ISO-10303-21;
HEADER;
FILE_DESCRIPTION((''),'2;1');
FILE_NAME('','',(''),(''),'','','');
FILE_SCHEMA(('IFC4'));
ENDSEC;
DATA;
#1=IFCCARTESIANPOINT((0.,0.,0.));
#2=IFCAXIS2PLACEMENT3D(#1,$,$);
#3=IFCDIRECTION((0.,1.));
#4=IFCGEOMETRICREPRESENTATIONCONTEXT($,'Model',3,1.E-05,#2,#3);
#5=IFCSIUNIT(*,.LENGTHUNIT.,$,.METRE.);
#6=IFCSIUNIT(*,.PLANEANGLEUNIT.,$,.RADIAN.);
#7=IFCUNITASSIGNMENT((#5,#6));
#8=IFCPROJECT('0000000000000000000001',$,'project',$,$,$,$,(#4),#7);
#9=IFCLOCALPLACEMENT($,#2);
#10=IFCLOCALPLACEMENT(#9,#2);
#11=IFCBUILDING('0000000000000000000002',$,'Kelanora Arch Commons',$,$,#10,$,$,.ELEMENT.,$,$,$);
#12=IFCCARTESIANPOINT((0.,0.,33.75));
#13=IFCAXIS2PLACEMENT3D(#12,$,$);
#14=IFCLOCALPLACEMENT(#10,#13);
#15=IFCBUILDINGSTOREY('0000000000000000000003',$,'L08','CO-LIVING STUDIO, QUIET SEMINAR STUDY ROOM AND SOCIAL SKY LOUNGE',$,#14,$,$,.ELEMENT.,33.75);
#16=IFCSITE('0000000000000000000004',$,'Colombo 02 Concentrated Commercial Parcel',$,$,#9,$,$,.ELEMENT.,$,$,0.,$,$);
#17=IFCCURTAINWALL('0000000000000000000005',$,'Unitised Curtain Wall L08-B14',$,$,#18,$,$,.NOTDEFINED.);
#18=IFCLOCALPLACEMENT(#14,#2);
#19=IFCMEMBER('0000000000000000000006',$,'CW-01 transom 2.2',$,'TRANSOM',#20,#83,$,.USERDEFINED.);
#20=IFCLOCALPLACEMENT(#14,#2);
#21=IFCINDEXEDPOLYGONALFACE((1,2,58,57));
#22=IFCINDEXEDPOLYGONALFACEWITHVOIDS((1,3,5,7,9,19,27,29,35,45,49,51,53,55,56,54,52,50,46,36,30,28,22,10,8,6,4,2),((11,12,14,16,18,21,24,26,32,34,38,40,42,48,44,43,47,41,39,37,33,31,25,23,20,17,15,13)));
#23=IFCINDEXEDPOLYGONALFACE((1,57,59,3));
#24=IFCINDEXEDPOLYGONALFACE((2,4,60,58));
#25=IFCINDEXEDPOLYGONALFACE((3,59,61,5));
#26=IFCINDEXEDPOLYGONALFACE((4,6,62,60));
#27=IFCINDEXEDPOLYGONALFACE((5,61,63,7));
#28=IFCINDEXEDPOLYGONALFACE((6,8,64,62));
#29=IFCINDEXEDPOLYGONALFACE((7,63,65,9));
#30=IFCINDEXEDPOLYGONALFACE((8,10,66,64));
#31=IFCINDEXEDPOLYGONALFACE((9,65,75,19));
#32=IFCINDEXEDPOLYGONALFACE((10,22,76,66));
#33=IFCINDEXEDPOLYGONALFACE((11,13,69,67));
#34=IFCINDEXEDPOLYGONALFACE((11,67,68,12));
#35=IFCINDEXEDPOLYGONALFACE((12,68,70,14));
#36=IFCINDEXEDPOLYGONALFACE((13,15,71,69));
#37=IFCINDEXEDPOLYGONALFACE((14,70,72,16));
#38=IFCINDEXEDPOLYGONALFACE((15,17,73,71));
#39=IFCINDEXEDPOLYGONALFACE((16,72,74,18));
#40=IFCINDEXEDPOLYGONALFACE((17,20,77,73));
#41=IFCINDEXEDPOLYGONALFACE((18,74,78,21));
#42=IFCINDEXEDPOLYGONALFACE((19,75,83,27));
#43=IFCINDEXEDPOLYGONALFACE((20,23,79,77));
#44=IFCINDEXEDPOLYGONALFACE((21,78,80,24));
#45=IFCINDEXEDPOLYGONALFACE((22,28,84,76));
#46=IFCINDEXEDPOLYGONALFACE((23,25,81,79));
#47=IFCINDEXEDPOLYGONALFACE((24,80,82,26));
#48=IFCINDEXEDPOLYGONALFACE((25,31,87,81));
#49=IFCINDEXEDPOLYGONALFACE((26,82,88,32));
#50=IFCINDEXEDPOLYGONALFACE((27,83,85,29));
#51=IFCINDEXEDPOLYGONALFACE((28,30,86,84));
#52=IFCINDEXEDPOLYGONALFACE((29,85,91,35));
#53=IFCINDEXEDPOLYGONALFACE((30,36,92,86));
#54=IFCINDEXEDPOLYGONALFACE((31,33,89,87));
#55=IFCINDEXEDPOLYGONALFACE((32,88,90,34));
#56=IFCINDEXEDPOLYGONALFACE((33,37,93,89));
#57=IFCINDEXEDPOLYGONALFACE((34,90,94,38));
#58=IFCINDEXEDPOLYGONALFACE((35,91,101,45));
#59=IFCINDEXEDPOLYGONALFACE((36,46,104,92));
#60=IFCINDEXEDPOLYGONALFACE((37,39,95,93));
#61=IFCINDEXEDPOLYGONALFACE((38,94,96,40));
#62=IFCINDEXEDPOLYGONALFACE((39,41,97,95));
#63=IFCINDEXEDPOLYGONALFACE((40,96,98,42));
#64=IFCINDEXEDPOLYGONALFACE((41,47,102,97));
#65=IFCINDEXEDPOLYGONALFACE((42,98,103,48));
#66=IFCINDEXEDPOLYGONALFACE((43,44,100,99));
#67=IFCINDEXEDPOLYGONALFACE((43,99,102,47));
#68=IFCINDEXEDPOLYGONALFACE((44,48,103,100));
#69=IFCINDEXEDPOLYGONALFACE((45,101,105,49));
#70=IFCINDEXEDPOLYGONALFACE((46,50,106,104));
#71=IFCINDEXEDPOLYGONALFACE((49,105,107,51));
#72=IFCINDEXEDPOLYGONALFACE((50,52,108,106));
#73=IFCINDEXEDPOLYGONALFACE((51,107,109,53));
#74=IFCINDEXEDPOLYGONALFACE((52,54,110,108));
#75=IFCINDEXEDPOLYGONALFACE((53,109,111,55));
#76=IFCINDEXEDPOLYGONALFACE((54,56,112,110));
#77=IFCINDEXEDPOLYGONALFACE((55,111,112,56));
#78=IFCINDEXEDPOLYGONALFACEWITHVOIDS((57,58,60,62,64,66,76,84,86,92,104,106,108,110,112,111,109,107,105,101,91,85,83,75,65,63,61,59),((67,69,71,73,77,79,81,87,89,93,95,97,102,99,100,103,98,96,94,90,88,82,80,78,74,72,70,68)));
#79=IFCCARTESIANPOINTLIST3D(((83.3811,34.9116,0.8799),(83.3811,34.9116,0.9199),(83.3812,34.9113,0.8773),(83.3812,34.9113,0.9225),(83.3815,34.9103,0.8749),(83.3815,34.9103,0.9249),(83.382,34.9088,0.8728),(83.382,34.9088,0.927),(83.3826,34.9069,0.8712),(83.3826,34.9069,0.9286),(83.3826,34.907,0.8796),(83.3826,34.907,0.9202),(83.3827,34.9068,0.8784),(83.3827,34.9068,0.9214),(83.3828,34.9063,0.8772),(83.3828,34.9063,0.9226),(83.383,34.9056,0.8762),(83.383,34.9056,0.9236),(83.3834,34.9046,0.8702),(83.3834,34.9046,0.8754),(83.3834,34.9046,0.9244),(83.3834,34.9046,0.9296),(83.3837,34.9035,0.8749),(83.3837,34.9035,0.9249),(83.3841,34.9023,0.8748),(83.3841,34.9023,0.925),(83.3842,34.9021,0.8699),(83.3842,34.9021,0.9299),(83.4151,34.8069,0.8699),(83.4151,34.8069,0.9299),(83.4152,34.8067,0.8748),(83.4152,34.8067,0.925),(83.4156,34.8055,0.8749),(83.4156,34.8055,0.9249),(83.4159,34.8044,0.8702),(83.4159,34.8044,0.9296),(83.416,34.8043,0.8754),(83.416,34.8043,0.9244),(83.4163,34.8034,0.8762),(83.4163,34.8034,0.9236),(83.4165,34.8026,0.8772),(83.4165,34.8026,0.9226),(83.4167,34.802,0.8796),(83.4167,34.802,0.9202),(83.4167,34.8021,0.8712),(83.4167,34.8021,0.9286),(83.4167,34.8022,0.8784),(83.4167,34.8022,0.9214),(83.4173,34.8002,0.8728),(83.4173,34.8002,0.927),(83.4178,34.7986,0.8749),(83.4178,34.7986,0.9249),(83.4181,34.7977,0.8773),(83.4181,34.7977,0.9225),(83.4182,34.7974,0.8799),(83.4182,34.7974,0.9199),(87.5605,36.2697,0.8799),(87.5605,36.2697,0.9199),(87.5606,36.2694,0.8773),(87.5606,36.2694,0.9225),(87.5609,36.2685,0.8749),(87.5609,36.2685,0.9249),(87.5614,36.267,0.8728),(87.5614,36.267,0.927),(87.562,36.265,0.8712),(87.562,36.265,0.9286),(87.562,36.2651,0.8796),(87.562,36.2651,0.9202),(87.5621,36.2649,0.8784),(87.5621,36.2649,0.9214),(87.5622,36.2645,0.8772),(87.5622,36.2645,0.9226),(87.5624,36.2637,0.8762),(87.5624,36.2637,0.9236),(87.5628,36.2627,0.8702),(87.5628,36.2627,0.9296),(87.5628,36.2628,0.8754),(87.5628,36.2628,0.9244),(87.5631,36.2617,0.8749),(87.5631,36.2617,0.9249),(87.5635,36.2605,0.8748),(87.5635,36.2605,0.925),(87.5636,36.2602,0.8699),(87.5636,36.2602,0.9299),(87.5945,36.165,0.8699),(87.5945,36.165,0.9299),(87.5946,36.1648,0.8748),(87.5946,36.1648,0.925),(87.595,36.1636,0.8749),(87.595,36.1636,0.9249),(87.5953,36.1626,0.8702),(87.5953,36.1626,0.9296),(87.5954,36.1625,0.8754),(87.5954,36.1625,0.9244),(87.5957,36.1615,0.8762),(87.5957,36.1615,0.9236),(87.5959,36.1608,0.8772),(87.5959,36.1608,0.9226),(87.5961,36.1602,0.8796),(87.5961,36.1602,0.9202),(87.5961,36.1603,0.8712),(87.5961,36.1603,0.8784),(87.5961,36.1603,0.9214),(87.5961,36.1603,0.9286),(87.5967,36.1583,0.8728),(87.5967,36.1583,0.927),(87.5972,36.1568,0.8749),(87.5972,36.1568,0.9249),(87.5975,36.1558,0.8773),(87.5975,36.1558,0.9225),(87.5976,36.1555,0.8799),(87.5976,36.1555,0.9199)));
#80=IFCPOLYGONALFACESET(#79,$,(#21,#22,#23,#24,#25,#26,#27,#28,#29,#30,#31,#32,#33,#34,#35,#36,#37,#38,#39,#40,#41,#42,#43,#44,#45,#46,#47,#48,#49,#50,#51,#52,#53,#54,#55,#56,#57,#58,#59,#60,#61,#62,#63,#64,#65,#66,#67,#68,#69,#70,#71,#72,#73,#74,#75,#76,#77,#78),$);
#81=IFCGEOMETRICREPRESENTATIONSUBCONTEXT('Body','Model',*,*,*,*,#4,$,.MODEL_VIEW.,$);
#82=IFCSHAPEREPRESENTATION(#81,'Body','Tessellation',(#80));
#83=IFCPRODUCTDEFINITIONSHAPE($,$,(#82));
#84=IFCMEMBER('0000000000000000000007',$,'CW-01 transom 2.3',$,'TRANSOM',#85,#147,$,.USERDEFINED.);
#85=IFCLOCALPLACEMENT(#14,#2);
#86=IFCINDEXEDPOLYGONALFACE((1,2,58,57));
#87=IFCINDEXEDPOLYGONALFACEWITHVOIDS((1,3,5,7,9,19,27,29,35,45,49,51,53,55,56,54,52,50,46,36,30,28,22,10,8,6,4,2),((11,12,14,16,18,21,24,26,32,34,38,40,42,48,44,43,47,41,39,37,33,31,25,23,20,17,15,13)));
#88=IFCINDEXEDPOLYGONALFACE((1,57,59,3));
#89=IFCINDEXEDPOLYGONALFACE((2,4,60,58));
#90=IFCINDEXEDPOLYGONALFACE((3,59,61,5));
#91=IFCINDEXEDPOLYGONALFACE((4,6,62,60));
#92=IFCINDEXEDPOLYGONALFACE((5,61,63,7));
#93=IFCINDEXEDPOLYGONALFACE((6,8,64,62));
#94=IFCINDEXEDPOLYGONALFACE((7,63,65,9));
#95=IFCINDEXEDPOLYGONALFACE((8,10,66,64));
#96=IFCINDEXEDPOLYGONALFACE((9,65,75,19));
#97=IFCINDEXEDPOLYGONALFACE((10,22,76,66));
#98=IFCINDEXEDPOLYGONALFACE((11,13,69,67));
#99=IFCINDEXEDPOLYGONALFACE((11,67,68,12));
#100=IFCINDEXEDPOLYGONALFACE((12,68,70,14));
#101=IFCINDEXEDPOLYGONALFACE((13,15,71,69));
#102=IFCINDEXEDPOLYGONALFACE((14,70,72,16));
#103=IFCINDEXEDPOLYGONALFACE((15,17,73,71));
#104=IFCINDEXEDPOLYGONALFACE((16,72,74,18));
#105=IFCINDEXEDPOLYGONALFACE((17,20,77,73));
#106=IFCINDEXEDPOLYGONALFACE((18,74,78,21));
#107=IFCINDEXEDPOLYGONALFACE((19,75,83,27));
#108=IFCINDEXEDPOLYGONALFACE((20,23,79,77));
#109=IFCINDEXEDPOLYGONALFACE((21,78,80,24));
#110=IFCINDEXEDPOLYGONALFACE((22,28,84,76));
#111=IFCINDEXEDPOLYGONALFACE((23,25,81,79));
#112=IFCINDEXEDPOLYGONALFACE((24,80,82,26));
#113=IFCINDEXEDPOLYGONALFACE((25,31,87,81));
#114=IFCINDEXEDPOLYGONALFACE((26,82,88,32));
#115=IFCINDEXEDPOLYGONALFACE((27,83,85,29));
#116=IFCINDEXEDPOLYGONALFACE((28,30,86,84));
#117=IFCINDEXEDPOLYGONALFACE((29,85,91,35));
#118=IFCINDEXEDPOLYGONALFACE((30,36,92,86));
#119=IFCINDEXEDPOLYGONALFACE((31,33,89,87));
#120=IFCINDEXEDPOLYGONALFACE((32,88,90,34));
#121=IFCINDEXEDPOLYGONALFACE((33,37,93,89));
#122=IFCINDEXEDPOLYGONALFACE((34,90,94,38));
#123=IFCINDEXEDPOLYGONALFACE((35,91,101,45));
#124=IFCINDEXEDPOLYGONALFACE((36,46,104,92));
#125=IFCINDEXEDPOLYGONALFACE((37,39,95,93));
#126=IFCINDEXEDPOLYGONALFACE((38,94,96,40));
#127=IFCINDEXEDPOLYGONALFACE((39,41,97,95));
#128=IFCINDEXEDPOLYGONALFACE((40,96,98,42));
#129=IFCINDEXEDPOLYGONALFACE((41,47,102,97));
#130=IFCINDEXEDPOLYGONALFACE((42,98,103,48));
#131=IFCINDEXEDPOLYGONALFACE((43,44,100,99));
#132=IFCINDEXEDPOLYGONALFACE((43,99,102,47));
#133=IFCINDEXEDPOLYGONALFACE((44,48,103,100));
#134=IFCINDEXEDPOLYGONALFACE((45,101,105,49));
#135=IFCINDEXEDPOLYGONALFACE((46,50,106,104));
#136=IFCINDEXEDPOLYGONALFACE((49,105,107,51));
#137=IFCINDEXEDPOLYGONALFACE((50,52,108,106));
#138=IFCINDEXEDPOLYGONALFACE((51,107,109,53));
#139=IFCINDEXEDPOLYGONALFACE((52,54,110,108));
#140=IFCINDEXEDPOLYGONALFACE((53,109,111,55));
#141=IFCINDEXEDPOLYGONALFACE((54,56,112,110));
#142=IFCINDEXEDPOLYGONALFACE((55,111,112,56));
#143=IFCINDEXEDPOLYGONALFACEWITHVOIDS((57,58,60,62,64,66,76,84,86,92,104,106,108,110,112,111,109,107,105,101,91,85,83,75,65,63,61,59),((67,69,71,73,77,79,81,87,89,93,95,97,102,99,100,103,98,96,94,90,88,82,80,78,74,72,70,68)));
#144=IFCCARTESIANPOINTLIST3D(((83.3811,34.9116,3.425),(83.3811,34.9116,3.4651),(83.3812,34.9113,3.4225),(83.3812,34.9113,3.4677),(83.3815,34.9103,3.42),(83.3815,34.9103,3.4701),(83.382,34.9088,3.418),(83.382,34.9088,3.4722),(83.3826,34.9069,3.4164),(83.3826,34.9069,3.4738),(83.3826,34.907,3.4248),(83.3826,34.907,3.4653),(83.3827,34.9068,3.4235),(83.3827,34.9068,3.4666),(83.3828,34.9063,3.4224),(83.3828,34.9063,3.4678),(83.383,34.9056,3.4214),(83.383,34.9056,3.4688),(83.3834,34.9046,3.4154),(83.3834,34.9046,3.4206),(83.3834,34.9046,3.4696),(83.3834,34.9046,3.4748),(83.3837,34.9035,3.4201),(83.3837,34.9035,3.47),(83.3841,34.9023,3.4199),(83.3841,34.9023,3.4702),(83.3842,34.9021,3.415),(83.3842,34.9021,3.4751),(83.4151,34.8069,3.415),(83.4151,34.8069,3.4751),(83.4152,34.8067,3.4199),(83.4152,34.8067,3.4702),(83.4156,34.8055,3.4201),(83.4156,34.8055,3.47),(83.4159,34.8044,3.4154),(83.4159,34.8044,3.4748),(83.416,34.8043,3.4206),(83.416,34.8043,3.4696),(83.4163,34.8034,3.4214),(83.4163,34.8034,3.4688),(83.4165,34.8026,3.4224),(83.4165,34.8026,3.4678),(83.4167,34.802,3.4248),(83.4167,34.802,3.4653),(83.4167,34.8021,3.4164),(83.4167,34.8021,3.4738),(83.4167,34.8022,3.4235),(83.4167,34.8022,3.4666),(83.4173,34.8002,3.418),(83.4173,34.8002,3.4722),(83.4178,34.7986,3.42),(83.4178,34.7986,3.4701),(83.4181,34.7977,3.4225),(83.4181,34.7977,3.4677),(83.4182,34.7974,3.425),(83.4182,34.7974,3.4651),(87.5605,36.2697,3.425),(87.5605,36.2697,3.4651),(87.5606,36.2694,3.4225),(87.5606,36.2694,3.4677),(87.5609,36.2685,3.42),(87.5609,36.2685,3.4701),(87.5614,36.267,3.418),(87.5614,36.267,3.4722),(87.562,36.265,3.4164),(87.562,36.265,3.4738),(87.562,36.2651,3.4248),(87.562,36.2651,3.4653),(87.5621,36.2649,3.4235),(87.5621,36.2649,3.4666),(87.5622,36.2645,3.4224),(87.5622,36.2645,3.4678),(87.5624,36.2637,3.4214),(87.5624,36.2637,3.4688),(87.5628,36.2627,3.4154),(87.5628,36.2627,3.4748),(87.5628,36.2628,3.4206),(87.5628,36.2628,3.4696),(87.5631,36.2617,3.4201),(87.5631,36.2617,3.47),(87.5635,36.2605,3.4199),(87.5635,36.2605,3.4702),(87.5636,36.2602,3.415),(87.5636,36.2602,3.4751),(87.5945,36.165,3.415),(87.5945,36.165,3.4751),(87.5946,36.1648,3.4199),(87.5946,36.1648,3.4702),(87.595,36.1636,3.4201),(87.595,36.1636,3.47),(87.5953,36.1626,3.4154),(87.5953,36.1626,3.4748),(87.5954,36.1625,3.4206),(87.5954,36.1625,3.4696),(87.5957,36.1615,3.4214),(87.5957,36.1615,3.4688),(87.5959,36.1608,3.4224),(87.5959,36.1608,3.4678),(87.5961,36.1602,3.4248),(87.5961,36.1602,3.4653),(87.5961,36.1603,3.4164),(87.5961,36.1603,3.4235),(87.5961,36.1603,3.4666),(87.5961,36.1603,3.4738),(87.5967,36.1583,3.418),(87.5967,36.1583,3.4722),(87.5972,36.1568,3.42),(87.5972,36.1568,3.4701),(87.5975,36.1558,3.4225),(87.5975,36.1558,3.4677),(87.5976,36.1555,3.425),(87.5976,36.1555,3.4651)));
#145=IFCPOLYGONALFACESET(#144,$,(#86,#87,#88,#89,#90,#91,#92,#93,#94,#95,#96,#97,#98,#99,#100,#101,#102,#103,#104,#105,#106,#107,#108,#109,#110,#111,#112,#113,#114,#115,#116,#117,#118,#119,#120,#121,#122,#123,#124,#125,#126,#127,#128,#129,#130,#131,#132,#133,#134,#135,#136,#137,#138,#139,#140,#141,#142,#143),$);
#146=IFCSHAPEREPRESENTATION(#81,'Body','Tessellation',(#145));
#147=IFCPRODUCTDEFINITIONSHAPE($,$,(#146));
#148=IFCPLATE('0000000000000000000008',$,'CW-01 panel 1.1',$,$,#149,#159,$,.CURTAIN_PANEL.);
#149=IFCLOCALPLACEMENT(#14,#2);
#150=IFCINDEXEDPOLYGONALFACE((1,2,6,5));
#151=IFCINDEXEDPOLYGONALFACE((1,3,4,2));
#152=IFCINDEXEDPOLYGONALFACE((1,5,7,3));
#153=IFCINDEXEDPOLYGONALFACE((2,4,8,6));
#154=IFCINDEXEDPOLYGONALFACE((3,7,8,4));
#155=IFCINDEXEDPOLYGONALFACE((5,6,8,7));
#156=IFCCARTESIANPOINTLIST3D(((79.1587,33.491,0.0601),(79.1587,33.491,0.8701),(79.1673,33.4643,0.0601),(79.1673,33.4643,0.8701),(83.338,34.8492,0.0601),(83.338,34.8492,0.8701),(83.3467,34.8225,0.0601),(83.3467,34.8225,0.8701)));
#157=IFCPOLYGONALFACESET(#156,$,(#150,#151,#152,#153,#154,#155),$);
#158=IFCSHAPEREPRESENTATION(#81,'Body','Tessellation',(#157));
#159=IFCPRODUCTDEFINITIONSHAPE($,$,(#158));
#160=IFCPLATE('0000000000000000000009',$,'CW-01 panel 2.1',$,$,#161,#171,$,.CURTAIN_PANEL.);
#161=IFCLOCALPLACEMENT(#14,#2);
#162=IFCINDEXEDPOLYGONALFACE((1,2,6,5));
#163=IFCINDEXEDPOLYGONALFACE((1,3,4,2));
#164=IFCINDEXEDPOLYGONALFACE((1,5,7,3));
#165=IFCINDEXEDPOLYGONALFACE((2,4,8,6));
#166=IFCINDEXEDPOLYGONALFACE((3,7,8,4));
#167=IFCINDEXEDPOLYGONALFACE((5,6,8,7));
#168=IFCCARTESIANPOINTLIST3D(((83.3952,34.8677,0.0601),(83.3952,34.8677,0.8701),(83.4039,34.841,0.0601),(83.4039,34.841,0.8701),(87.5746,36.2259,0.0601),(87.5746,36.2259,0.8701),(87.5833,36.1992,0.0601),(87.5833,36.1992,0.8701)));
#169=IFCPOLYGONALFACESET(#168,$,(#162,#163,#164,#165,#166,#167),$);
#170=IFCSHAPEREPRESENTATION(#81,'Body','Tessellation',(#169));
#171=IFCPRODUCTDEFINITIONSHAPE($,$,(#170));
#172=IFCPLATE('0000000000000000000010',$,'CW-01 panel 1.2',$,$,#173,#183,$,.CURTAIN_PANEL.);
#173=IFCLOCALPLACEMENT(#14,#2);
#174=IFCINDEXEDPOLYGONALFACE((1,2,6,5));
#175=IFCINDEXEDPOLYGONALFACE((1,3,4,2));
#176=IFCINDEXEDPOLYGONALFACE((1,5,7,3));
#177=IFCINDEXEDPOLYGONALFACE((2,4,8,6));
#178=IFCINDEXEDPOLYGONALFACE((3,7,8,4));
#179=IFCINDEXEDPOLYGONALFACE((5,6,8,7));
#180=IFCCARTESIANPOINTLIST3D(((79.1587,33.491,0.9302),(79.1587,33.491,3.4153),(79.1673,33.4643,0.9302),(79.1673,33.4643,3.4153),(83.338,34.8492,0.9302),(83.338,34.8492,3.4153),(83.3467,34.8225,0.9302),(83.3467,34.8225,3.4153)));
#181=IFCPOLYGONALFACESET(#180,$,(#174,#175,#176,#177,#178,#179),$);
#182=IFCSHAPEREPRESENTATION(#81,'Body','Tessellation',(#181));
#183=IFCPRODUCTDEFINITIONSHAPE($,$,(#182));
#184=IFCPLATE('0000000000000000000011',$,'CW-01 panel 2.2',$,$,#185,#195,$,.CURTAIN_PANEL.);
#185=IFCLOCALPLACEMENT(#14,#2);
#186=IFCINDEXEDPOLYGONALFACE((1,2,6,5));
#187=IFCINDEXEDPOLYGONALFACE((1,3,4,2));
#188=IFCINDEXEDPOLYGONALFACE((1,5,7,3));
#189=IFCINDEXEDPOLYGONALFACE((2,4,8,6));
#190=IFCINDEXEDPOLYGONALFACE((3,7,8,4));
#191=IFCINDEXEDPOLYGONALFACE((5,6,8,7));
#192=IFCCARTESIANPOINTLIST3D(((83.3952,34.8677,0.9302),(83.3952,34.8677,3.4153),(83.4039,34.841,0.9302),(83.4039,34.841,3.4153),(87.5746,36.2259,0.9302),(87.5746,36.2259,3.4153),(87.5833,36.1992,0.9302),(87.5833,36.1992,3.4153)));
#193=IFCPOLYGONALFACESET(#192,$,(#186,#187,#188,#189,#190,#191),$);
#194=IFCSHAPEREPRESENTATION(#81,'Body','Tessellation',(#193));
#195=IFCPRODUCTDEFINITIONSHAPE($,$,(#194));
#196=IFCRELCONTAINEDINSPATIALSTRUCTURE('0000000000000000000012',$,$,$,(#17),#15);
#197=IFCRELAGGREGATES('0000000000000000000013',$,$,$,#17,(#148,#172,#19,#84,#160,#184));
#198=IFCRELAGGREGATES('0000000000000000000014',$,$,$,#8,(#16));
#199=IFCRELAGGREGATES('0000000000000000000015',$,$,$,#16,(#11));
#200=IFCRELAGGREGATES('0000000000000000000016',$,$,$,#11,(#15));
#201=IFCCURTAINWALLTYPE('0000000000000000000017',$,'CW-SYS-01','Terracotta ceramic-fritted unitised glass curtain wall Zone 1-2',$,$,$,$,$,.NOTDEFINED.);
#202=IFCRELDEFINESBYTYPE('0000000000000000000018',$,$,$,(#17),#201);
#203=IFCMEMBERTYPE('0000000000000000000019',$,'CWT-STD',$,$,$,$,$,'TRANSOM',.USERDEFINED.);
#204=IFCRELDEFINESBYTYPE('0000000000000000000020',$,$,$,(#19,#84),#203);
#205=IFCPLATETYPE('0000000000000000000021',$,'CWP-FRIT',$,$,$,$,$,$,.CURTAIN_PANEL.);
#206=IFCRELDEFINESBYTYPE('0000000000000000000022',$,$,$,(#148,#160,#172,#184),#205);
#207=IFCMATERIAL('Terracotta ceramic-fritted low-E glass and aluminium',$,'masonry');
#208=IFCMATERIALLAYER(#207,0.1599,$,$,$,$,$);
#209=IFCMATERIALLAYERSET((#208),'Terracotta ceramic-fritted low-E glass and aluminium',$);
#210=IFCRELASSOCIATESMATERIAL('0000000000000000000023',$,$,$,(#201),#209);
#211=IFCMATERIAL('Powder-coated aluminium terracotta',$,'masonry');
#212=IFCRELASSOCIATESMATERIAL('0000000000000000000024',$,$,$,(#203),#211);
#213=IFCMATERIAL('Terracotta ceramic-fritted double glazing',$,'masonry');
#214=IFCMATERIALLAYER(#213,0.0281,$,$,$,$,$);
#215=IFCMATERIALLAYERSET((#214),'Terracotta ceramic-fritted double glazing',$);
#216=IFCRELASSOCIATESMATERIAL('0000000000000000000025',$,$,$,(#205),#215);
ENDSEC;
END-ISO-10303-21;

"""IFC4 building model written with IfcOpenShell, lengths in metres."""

from ifc_helpers import new_model, si_unit, direction, frame, origin, origin_2d, place, context, subcontext, project, spatial, rectangle, hollow_rectangle, extrude, source, transform, mapped, material, layer, layer_set, material_profile, profile_set, type_object, element, aggregate, save


model = new_model("IFC4")

# Units and contexts
model_context = context("Model", 3, precision=1e-05, world=origin(), true_north=direction((0.0, 1.0)))
body_context = subcontext(model_context, "Body", "Model", "MODEL_VIEW")
ifc_project = project(units=[si_unit("LENGTHUNIT", "METRE"), si_unit("PLANEANGLEUNIT", "RADIAN")], contexts=[model_context])

# Site, building, storey
site_placement = place(None, origin())
site = spatial("IfcSite", under=ifc_project, at=site_placement, Name="Colombo 02 Concentrated Commercial Parcel", CompositionType="ELEMENT", RefElevation=0.0)
building_placement = place(site_placement, origin())
building = spatial("IfcBuilding", under=site, at=building_placement, Name="Kelanora Arch Commons", CompositionType="ELEMENT")
storey_placement = place(building_placement, frame((0.0, 0.0, 33.75)))
storey = spatial("IfcBuildingStorey", under=building, at=storey_placement, Name="L08", Description="CO-LIVING STUDIO, QUIET SEMINAR STUDY ROOM AND SOCIAL SKY LOUNGE", CompositionType="ELEMENT", Elevation=33.75)

# Curtain wall, members, plates
ifc_material_1 = material(Name="Terracotta ceramic-fritted low-E glass and aluminium", Category="masonry")
ifc_layer_1 = layer(ifc_material_1, 0.1599)
ifc_layer_set_1 = layer_set([ifc_layer_1], Name="Terracotta ceramic-fritted low-E glass and aluminium")
curtain_wall_type = type_object("IfcCurtainWallType", Name="CW-SYS-01", Description="Terracotta ceramic-fritted unitised glass curtain wall Zone 1-2", PredefinedType="NOTDEFINED", material=ifc_layer_set_1)
curtain_wall_placement = place(storey_placement, origin())
curtain_wall = element("IfcCurtainWall", 1, at=curtain_wall_placement, inside=storey, type_object=curtain_wall_type, Name="Unitised Curtain Wall L08-B14", PredefinedType="NOTDEFINED")
ifc_material_2 = material(Name="Powder-coated aluminium terracotta", Category="masonry")
ifc_material_profile_1 = material_profile(ifc_material_2, hollow_rectangle(XDim=0.1201, YDim=0.0601, WallThickness=0.0049, InnerFilletRadius=0.0049, OuterFilletRadius=0.01, at=origin_2d()), Name="CWT120x60")
ifc_profile_set_1 = profile_set([ifc_material_profile_1], Name="Powder-coated aluminium terracotta")
member_type_1 = type_object("IfcMemberType", Name="CWT-STD", ElementType="TRANSOM", PredefinedType="USERDEFINED", material=ifc_profile_set_1)
member_1_placement = place(storey_placement, frame((83.3997, 34.8545, 0.8999), z_axis=(0.951045, 0.309052, 0.0), x_axis=(-0.309052, 0.951045, 0.0)))
member_1 = element("IfcMember", 2, at=member_1_placement, type_object=member_type_1, Name="CW-01 transom 2.2", ObjectType="TRANSOM", PredefinedType="USERDEFINED", context=body_context, shape_type="SweptSolid", body=[
    extrude(hollow_rectangle(XDim=0.1201, YDim=0.0601, WallThickness=0.0049, InnerFilletRadius=0.0049, OuterFilletRadius=0.01, at=origin_2d()), origin(), (0.0, 0.0, 1.0), 4.3945),
])
member_2_placement = place(storey_placement, frame((83.3997, 34.8545, 3.4451), z_axis=(0.951045, 0.309052, 0.0), x_axis=(-0.309052, 0.951045, 0.0)))
member_2 = element("IfcMember", 3, at=member_2_placement, type_object=member_type_1, Name="CW-01 transom 2.3", ObjectType="TRANSOM", PredefinedType="USERDEFINED", context=body_context, shape_type="SweptSolid", body=[
    extrude(hollow_rectangle(XDim=0.1201, YDim=0.0601, WallThickness=0.0049, InnerFilletRadius=0.0049, OuterFilletRadius=0.01, at=origin_2d()), origin(), (0.0, 0.0, 1.0), 4.3945),
])
ifc_material_3 = material(Name="Terracotta ceramic-fritted double glazing", Category="masonry")
ifc_layer_2 = layer(ifc_material_3, 0.0281)
ifc_layer_set_2 = layer_set([ifc_layer_2], Name="Terracotta ceramic-fritted double glazing")
plate_type = type_object("IfcPlateType", Name="CWP-FRIT", PredefinedType="CURTAIN_PANEL", material=ifc_layer_set_2)
shared_shape_1 = source(origin(), body_context, "Body", "SweptSolid", [
    extrude(rectangle(XDim=4.3945, YDim=0.0281, at=origin_2d()), origin(), (0.0, 0.0, 1.0), 0.8101),
])
plate_1_placement = place(storey_placement, frame((81.2527, 34.1567, 0.0601), z_axis=(0.0, 0.0, 1.0), x_axis=(0.951043, 0.309058, 0.0)))
plate_1 = element("IfcPlate", 4, at=plate_1_placement, type_object=plate_type, Name="CW-01 panel 1.1", PredefinedType="CURTAIN_PANEL", context=body_context, shape_type="MappedRepresentation", body=[
    mapped(shared_shape_1, transform((0.0, 0.0, 0.0), scale=1.0)),
])
plate_2_placement = place(storey_placement, frame((85.4893, 35.5334, 0.0601), z_axis=(0.0, 0.0, 1.0), x_axis=(0.951043, 0.309058, 0.0)))
plate_2 = element("IfcPlate", 5, at=plate_2_placement, type_object=plate_type, Name="CW-01 panel 2.1", PredefinedType="CURTAIN_PANEL", context=body_context, shape_type="MappedRepresentation", body=[
    mapped(shared_shape_1, transform((0.0, 0.0, 0.0), scale=1.0)),
])
shared_shape_2 = source(origin(), body_context, "Body", "SweptSolid", [
    extrude(rectangle(XDim=4.3945, YDim=0.0281, at=origin_2d()), origin(), (0.0, 0.0, 1.0), 2.4851),
])
plate_3_placement = place(storey_placement, frame((81.2527, 34.1567, 0.9302), z_axis=(0.0, 0.0, 1.0), x_axis=(0.951043, 0.309058, 0.0)))
plate_3 = element("IfcPlate", 6, at=plate_3_placement, type_object=plate_type, Name="CW-01 panel 1.2", PredefinedType="CURTAIN_PANEL", context=body_context, shape_type="MappedRepresentation", body=[
    mapped(shared_shape_2, transform((0.0, 0.0, 0.0), scale=1.0)),
])
plate_4_placement = place(storey_placement, frame((85.4893, 35.5334, 0.9302), z_axis=(0.0, 0.0, 1.0), x_axis=(0.951043, 0.309058, 0.0)))
plate_4 = element("IfcPlate", 7, at=plate_4_placement, type_object=plate_type, Name="CW-01 panel 2.2", PredefinedType="CURTAIN_PANEL", context=body_context, shape_type="MappedRepresentation", body=[
    mapped(shared_shape_2, transform((0.0, 0.0, 0.0), scale=1.0)),
])
aggregate(curtain_wall, [plate_1, plate_3, member_1, member_2, plate_2, plate_4])

save(model, "model.ifc")
